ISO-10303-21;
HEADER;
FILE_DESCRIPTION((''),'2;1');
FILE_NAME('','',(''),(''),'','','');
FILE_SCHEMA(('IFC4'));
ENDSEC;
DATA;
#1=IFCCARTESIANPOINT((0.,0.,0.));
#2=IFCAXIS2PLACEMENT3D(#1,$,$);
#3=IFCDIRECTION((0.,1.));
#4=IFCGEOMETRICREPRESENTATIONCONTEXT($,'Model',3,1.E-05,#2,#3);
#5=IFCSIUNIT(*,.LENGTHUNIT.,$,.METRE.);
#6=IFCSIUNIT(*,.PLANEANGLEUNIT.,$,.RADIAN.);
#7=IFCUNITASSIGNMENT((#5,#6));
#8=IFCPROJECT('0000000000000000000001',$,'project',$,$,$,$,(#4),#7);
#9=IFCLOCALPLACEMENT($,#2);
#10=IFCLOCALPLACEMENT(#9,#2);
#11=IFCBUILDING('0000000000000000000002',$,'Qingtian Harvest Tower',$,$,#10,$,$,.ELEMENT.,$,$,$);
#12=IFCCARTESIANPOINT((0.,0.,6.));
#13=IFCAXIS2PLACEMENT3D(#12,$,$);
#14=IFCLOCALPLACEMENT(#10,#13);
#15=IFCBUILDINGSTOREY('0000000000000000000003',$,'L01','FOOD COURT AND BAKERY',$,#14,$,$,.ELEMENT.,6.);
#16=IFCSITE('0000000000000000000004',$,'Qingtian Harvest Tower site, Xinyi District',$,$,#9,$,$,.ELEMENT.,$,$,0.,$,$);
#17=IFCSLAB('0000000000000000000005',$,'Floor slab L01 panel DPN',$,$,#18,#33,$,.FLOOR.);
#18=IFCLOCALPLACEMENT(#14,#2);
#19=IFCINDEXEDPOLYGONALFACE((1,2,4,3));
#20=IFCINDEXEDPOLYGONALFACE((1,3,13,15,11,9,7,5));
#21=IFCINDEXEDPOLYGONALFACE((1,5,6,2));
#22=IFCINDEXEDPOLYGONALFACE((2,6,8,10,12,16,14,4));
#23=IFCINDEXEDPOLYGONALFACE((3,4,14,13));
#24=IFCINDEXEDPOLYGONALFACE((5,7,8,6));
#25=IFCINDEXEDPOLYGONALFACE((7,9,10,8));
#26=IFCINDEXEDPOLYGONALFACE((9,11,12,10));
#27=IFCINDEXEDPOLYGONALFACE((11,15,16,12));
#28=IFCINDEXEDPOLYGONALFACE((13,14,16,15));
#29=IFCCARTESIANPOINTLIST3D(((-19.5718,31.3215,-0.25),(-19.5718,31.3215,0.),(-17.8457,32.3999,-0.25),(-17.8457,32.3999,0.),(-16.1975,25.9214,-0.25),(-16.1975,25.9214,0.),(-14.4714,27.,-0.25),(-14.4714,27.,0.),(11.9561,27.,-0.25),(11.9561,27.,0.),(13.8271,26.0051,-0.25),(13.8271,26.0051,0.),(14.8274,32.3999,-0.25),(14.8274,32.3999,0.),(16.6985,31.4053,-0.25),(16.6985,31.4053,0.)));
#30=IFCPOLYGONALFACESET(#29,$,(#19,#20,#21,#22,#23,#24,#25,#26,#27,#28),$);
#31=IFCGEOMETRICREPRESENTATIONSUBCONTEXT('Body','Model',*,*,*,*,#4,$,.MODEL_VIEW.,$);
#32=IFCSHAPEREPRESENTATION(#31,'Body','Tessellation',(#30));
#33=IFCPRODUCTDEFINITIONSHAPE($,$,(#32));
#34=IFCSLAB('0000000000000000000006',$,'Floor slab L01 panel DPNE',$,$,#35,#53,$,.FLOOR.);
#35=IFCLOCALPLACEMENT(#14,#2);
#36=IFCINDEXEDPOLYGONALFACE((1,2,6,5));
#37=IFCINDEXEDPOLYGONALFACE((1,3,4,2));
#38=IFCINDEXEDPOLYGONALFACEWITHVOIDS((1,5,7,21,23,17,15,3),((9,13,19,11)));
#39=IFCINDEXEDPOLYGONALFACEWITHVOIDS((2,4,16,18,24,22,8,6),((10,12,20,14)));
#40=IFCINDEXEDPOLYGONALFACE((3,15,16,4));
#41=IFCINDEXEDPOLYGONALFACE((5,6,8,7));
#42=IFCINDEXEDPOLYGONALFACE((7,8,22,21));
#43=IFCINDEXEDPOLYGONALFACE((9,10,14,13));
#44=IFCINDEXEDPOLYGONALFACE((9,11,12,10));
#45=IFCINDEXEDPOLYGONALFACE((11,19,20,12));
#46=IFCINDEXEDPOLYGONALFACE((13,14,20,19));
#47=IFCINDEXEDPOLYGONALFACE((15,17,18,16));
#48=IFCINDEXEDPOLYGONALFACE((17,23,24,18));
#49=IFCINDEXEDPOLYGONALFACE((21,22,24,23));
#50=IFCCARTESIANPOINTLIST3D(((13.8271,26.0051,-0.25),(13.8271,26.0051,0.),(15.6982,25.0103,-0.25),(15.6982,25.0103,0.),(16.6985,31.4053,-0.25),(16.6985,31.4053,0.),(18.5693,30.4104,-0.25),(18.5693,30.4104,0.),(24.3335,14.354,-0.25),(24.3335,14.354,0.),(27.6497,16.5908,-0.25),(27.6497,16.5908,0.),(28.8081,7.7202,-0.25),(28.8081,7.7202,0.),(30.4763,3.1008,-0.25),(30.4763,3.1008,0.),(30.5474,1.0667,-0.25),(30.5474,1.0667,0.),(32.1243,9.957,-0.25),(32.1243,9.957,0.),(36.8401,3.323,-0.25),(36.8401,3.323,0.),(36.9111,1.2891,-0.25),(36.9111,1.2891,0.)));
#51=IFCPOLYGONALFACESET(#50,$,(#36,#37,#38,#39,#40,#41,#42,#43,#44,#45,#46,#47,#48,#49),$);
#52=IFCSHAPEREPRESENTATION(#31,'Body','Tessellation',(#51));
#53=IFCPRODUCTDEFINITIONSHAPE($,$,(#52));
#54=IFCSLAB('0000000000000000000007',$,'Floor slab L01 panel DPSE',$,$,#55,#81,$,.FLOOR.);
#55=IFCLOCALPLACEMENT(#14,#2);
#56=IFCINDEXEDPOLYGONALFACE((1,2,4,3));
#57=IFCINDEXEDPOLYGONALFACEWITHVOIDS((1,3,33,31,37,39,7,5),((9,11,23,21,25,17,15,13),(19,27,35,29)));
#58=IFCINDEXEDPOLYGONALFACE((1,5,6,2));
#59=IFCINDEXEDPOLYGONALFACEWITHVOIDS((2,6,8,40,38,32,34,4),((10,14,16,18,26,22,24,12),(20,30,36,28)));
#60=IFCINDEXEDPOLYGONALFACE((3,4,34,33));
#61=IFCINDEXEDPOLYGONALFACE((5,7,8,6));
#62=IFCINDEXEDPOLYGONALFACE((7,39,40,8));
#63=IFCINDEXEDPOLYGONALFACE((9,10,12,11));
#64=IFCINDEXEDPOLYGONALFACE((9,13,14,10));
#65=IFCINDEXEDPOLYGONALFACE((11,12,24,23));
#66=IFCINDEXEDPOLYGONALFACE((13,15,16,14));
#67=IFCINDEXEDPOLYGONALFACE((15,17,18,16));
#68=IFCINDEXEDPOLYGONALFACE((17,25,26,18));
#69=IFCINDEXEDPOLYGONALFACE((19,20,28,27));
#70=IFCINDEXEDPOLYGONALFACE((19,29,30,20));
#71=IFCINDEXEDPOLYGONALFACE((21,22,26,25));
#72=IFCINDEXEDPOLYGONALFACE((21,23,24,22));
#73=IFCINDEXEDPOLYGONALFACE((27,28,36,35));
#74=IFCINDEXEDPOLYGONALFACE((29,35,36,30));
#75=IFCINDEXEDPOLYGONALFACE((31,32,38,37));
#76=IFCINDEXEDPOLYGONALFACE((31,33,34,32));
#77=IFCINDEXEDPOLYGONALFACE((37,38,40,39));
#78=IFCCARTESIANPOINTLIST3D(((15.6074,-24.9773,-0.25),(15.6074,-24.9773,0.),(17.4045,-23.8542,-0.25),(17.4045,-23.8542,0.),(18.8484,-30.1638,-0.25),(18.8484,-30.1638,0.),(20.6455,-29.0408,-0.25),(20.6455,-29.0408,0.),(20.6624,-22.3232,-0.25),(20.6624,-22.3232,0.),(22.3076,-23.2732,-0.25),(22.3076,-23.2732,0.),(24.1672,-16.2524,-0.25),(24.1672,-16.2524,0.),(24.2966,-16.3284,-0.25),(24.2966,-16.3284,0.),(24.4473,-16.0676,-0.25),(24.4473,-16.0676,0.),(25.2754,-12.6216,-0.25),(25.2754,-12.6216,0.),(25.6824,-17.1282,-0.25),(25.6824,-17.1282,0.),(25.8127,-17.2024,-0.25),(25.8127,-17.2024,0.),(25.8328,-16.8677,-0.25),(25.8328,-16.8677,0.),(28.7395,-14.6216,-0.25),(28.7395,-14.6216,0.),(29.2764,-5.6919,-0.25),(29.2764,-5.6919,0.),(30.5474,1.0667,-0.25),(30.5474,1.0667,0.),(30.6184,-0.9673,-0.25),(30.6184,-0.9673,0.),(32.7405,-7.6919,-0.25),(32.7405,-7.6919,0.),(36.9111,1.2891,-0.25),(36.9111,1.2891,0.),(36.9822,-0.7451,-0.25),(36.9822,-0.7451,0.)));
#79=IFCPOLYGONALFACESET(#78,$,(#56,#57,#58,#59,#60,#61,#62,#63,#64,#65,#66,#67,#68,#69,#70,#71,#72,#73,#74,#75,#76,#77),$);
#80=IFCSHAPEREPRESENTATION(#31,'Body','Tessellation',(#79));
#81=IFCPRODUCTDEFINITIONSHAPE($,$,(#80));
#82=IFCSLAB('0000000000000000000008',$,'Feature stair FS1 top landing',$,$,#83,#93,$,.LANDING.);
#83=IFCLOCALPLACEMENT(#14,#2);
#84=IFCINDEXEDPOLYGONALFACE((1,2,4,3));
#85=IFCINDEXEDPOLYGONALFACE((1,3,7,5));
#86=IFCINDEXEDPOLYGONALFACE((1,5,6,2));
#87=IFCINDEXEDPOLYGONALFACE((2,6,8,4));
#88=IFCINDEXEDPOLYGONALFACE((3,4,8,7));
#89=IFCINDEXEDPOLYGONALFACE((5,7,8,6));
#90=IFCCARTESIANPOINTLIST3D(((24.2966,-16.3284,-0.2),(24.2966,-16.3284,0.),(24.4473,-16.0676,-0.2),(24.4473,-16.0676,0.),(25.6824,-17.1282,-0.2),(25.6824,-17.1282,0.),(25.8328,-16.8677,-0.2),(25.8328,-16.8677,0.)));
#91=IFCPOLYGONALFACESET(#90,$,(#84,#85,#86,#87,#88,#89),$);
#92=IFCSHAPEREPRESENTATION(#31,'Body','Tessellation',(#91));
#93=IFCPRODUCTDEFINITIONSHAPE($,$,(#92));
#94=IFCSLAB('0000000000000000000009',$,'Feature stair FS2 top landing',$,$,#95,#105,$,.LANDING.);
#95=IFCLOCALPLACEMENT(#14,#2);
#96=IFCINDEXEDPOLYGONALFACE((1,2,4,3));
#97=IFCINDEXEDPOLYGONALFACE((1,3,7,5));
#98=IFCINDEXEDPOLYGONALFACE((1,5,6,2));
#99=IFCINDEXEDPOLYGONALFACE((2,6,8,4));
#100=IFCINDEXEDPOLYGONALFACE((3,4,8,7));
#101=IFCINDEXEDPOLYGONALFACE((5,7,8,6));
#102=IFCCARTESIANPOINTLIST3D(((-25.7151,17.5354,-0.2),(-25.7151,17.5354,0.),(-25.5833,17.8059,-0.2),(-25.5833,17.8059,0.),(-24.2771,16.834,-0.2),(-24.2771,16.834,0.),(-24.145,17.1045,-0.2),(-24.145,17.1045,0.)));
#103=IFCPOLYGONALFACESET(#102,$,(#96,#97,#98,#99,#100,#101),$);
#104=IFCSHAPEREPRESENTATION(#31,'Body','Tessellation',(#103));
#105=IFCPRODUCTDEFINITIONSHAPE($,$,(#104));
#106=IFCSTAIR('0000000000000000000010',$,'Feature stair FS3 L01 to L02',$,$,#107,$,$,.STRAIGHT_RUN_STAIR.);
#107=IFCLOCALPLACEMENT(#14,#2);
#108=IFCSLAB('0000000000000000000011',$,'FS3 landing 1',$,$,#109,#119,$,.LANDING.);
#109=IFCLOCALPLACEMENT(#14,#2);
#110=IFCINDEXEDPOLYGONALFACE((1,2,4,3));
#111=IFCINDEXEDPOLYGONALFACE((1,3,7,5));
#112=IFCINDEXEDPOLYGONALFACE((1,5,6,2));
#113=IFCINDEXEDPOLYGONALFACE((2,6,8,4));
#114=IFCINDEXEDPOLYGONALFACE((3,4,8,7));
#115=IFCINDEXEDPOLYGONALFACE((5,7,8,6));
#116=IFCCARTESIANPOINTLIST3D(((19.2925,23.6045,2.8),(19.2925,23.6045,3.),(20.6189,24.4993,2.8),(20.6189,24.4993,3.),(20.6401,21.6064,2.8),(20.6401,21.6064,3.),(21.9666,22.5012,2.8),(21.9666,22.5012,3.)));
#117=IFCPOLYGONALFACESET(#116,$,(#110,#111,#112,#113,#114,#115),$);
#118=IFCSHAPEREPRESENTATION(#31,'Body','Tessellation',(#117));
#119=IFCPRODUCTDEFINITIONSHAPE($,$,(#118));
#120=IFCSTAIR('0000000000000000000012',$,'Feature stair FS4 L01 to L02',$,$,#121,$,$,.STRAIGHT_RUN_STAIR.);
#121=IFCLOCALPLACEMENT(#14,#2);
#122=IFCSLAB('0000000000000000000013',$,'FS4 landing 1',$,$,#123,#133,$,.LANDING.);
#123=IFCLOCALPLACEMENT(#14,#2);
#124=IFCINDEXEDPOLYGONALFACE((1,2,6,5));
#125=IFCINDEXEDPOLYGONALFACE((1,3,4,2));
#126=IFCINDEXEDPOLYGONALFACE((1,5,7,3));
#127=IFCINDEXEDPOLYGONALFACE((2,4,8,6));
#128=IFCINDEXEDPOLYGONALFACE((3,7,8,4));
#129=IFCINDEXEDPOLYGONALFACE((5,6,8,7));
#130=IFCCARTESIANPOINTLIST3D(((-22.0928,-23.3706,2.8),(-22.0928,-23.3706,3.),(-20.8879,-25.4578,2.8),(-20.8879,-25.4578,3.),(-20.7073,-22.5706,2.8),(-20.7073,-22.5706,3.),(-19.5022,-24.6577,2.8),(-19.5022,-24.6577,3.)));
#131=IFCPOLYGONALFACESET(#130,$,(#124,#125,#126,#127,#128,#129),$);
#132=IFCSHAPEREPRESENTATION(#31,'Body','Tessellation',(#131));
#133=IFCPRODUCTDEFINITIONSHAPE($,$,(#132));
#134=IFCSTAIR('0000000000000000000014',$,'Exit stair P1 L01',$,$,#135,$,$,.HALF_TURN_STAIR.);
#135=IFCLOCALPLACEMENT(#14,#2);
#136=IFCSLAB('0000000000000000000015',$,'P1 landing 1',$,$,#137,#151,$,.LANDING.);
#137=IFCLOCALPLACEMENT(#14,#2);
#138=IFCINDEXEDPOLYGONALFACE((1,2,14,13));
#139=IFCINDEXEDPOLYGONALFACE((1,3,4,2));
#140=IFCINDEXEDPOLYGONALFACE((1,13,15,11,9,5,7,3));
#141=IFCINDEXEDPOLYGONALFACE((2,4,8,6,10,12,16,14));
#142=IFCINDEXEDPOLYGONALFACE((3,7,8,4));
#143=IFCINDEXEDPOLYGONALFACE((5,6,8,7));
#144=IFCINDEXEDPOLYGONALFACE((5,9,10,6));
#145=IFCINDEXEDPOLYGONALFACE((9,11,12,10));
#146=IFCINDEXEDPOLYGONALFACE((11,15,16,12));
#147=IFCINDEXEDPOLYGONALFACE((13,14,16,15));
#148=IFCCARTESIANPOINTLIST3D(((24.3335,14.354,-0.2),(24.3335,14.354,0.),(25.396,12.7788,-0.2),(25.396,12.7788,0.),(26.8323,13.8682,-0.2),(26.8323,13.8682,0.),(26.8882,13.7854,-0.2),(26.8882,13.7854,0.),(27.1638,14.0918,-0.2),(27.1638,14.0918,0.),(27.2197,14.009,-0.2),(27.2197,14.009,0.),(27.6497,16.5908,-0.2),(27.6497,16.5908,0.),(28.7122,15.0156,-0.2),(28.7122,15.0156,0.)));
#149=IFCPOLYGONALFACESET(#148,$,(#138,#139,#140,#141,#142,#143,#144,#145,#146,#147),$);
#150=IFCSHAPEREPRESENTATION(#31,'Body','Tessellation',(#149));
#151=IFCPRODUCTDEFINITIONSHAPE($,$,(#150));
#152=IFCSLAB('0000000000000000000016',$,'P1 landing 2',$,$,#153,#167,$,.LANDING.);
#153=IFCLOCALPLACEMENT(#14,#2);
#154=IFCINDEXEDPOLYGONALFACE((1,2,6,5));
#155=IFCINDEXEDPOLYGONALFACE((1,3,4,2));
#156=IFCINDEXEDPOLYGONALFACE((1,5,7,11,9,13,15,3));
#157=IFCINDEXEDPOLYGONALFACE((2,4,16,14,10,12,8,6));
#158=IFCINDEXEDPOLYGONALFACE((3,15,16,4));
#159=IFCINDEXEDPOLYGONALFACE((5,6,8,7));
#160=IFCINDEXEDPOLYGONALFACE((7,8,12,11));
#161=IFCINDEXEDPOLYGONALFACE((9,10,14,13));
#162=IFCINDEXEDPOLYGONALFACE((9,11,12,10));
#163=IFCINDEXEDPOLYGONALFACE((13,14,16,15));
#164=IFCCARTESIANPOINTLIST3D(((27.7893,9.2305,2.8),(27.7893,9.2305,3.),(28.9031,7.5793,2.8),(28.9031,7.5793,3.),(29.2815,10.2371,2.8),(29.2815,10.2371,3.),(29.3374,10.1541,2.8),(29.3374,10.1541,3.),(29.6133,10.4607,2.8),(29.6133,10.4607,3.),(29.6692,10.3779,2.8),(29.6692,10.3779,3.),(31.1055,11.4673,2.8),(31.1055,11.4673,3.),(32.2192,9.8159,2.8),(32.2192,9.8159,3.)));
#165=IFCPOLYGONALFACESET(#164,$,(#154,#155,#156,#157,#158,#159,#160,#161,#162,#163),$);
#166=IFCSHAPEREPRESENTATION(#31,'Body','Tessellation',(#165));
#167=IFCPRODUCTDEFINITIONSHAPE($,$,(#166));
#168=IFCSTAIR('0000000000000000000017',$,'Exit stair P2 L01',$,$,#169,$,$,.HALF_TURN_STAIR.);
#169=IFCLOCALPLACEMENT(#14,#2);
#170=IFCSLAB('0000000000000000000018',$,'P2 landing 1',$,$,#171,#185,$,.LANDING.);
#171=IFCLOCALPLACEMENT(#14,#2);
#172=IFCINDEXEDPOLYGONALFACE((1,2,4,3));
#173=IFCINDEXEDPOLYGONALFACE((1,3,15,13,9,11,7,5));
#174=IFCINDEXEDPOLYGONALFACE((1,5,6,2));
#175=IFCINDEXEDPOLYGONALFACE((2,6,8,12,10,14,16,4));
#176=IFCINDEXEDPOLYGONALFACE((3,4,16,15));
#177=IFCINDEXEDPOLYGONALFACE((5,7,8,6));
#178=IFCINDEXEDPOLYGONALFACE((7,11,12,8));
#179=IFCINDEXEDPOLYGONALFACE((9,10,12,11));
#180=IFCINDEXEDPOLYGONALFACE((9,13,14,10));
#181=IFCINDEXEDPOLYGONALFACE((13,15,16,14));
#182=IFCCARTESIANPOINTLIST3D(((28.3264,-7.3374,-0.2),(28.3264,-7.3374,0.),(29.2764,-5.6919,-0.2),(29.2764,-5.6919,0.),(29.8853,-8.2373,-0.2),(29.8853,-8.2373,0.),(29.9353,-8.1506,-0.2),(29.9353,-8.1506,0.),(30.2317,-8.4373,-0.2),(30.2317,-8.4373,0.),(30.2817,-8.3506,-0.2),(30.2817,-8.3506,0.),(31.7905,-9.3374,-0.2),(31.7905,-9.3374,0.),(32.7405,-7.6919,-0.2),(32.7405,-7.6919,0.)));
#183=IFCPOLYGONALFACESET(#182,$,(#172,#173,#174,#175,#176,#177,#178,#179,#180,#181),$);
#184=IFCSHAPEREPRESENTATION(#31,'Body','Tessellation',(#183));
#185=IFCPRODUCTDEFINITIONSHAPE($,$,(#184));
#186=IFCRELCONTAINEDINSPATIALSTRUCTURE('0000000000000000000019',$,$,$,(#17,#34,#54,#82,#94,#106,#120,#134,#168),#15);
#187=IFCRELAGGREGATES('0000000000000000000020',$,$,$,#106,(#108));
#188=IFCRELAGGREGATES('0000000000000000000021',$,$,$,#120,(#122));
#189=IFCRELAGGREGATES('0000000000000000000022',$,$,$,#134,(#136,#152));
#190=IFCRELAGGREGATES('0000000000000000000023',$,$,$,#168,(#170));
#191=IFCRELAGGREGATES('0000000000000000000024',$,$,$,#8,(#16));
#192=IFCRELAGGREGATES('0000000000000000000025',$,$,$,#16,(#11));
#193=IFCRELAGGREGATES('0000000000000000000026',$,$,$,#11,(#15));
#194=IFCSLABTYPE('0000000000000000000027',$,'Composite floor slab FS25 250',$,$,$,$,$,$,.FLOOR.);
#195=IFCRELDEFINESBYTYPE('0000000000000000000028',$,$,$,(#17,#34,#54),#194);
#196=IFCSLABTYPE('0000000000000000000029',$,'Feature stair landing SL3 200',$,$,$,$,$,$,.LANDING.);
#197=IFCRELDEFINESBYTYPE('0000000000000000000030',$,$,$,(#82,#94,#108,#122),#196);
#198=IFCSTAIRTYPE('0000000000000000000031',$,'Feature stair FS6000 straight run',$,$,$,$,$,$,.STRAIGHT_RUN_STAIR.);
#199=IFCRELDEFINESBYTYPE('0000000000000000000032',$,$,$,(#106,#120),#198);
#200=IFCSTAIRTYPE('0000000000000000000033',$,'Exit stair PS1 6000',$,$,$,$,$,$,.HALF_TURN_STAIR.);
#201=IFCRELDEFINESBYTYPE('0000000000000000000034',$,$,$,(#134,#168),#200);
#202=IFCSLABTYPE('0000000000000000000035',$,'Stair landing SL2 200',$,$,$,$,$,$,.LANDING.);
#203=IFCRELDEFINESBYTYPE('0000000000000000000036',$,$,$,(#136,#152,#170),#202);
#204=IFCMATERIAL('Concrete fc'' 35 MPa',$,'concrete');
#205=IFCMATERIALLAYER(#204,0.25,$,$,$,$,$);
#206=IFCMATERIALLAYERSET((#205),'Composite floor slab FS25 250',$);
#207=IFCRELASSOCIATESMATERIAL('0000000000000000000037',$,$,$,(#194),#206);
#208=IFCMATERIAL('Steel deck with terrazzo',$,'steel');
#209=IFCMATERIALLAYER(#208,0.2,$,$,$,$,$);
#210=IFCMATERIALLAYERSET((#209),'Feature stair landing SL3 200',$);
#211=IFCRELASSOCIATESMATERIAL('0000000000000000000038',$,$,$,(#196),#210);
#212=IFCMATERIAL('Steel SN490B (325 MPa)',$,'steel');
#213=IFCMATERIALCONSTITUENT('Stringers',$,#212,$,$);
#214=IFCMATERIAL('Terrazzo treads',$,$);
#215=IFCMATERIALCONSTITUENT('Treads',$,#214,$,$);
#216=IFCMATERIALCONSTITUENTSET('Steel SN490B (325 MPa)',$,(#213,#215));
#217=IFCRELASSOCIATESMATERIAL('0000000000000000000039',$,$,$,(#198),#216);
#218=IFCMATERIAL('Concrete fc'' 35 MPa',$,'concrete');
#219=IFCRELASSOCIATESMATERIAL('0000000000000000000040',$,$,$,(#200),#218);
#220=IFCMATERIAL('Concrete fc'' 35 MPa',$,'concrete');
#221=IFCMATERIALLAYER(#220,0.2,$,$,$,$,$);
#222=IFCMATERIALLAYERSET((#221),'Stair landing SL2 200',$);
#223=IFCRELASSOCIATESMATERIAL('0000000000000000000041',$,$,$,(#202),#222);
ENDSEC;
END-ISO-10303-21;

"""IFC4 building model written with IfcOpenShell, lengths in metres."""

from ifc_helpers import new_model, si_unit, direction, frame, origin, place, context, subcontext, project, spatial, polyline, outline, extrude, material, layer, layer_set, constituent, constituent_set, type_object, element, aggregate, save


model = new_model("IFC4")

# Units and contexts
model_context = context("Model", 3, precision=1e-05, world=origin(), true_north=direction((0.0, 1.0)))
body_context = subcontext(model_context, "Body", "Model", "MODEL_VIEW")
ifc_project = project(units=[si_unit("LENGTHUNIT", "METRE"), si_unit("PLANEANGLEUNIT", "RADIAN")], contexts=[model_context])

# Site, building, storey
site_placement = place(None, origin())
site = spatial("IfcSite", under=ifc_project, at=site_placement, Name="Qingtian Harvest Tower site, Xinyi District", CompositionType="ELEMENT", RefElevation=0.0)
building_placement = place(site_placement, origin())
building = spatial("IfcBuilding", under=site, at=building_placement, Name="Qingtian Harvest Tower", CompositionType="ELEMENT")
storey_placement = place(building_placement, frame((0.0, 0.0, 6.0)))
storey = spatial("IfcBuildingStorey", under=building, at=storey_placement, Name="L01", Description="FOOD COURT AND BAKERY", CompositionType="ELEMENT", Elevation=6.0)

# Slabs
ifc_material_1 = material(Name="Concrete fc' 35 MPa", Category="concrete")
ifc_layer_1 = layer(ifc_material_1, 0.25)
ifc_layer_set_1 = layer_set([ifc_layer_1], Name="Composite floor slab FS25 250")
slab_type_1 = type_object("IfcSlabType", Name="Composite floor slab FS25 250", PredefinedType="FLOOR", material=ifc_layer_set_1)
slab_1_placement = place(storey_placement, frame((0.0, 0.0, -0.25)))
element("IfcSlab", 1, at=slab_1_placement, inside=storey, type_object=slab_type_1, Name="Floor slab L01 panel DPN", PredefinedType="FLOOR", context=body_context, shape_type="SweptSolid", body=[
    extrude(outline(polyline([(14.8274, 32.3999), (16.6985, 31.4053), (13.8271, 26.0051), (11.9561, 27.0), (-14.4714, 27.0), (-16.1975, 25.9214), (-19.5718, 31.3215), (-17.8457, 32.3999), (14.8274, 32.3999)])), origin(), (0.0, 0.0, 1.0), 0.25),
])
slab_2_placement = place(storey_placement, frame((0.0, 0.0, -0.25)))
element("IfcSlab", 2, at=slab_2_placement, inside=storey, type_object=slab_type_1, Name="Floor slab L01 panel DPNE", PredefinedType="FLOOR", context=body_context, shape_type="SweptSolid", body=[
    extrude(outline(polyline([(30.5474, 1.0667), (30.4763, 3.1008), (15.6982, 25.0103), (13.8271, 26.0051), (16.6985, 31.4053), (18.5693, 30.4104), (36.8401, 3.323), (36.9111, 1.2891), (30.5474, 1.0667)]), holes=[polyline([(32.1243, 9.957), (27.6497, 16.5908), (24.3335, 14.354), (28.8081, 7.7202), (32.1243, 9.957)])]), origin(), (0.0, 0.0, 1.0), 0.25),
])
slab_3_placement = place(storey_placement, frame((0.0, 0.0, -0.25)))
element("IfcSlab", 3, at=slab_3_placement, inside=storey, type_object=slab_type_1, Name="Floor slab L01 panel DPSE", PredefinedType="FLOOR", context=body_context, shape_type="SweptSolid", body=[
    extrude(outline(polyline([(18.8484, -30.1638), (15.6074, -24.9773), (17.4045, -23.8542), (30.6184, -0.9673), (30.5474, 1.0667), (36.9111, 1.2891), (36.9822, -0.7451), (20.6455, -29.0408), (18.8484, -30.1638)]), holes=[polyline([(28.7395, -14.6216), (32.7405, -7.6919), (29.2764, -5.6919), (25.2754, -12.6216), (28.7395, -14.6216)]), polyline([(25.8328, -16.8677), (24.4473, -16.0676), (24.2966, -16.3284), (24.1672, -16.2524), (20.6624, -22.3232), (22.3076, -23.2732), (25.8127, -17.2024), (25.6824, -17.1282), (25.8328, -16.8677)])]), origin(), (0.0, 0.0, 1.0), 0.25),
])
ifc_material_2 = material(Name="Steel deck with terrazzo", Category="steel")
ifc_layer_2 = layer(ifc_material_2, 0.2)
ifc_layer_set_2 = layer_set([ifc_layer_2], Name="Feature stair landing SL3 200")
slab_type_2 = type_object("IfcSlabType", Name="Feature stair landing SL3 200", PredefinedType="LANDING", material=ifc_layer_set_2)
slab_4_placement = place(storey_placement, frame((0.0, 0.0, -0.2)))
element("IfcSlab", 4, at=slab_4_placement, inside=storey, type_object=slab_type_2, Name="Feature stair FS1 top landing", PredefinedType="LANDING", context=body_context, shape_type="SweptSolid", body=[
    extrude(outline(polyline([(25.6824, -17.1282), (25.8328, -16.8677), (24.4473, -16.0676), (24.2966, -16.3284), (25.6824, -17.1282)])), origin(), (0.0, 0.0, 1.0), 0.2),
])
slab_5_placement = place(storey_placement, frame((0.0, 0.0, -0.2)))
element("IfcSlab", 5, at=slab_5_placement, inside=storey, type_object=slab_type_2, Name="Feature stair FS2 top landing", PredefinedType="LANDING", context=body_context, shape_type="SweptSolid", body=[
    extrude(outline(polyline([(-25.5833, 17.8059), (-25.7151, 17.5354), (-24.2771, 16.834), (-24.145, 17.1045), (-25.5833, 17.8059)])), origin(), (0.0, 0.0, 1.0), 0.2),
])

# Stairs, slabs
ifc_material_3 = material(Name="Steel SN490B (325 MPa)", Category="steel")
ifc_constituent_1 = constituent(ifc_material_3, Name="Stringers")
ifc_material_4 = material(Name="Terrazzo treads")
ifc_constituent_2 = constituent(ifc_material_4, Name="Treads")
ifc_constituent_set = constituent_set(constituents=[ifc_constituent_1, ifc_constituent_2], Name="Steel SN490B (325 MPa)")
stair_type_1 = type_object("IfcStairType", Name="Feature stair FS6000 straight run", PredefinedType="STRAIGHT_RUN_STAIR", material=ifc_constituent_set)
stair_1_placement = place(storey_placement, origin())
stair_1 = element("IfcStair", 6, at=stair_1_placement, inside=storey, type_object=stair_type_1, Name="Feature stair FS3 L01 to L02", PredefinedType="STRAIGHT_RUN_STAIR")
slab_6_placement = place(storey_placement, frame((0.0, 0.0, 2.8)))
slab_6 = element("IfcSlab", 7, at=slab_6_placement, type_object=slab_type_2, Name="FS3 landing 1", PredefinedType="LANDING", context=body_context, shape_type="SweptSolid", body=[
    extrude(outline(polyline([(20.6401, 21.6064), (19.2925, 23.6045), (20.6189, 24.4993), (21.9666, 22.5012), (20.6401, 21.6064)])), origin(), (0.0, 0.0, 1.0), 0.2),
])
aggregate(stair_1, [slab_6])
stair_2_placement = place(storey_placement, origin())
stair_2 = element("IfcStair", 8, at=stair_2_placement, inside=storey, type_object=stair_type_1, Name="Feature stair FS4 L01 to L02", PredefinedType="STRAIGHT_RUN_STAIR")
slab_7_placement = place(storey_placement, frame((0.0, 0.0, 2.8)))
slab_7 = element("IfcSlab", 9, at=slab_7_placement, type_object=slab_type_2, Name="FS4 landing 1", PredefinedType="LANDING", context=body_context, shape_type="SweptSolid", body=[
    extrude(outline(polyline([(-20.7073, -22.5706), (-19.5022, -24.6577), (-20.8879, -25.4578), (-22.0928, -23.3706), (-20.7073, -22.5706)])), origin(), (0.0, 0.0, 1.0), 0.2),
])
aggregate(stair_2, [slab_7])

# Stairs, slabs
ifc_material_5 = material(Name="Concrete fc' 35 MPa", Category="concrete")
stair_type_2 = type_object("IfcStairType", Name="Exit stair PS1 6000", PredefinedType="HALF_TURN_STAIR", material=ifc_material_5)
stair_3_placement = place(storey_placement, origin())
stair_3 = element("IfcStair", 10, at=stair_3_placement, inside=storey, type_object=stair_type_2, Name="Exit stair P1 L01", PredefinedType="HALF_TURN_STAIR")
ifc_material_6 = material(Name="Concrete fc' 35 MPa", Category="concrete")
ifc_layer_3 = layer(ifc_material_6, 0.2)
ifc_layer_set_3 = layer_set([ifc_layer_3], Name="Stair landing SL2 200")
slab_type_3 = type_object("IfcSlabType", Name="Stair landing SL2 200", PredefinedType="LANDING", material=ifc_layer_set_3)
slab_8_placement = place(storey_placement, frame((0.0, 0.0, -0.2)))
slab_8 = element("IfcSlab", 11, at=slab_8_placement, type_object=slab_type_3, Name="P1 landing 1", PredefinedType="LANDING", context=body_context, shape_type="SweptSolid", body=[
    extrude(outline(polyline([(28.7122, 15.0156), (27.2197, 14.009), (27.1638, 14.0918), (26.8323, 13.8682), (26.8882, 13.7854), (25.396, 12.7788), (24.3335, 14.354), (27.6497, 16.5908), (28.7122, 15.0156)])), origin(), (0.0, 0.0, 1.0), 0.2),
])
slab_9_placement = place(storey_placement, frame((0.0, 0.0, 2.8)))
slab_9 = element("IfcSlab", 12, at=slab_9_placement, type_object=slab_type_3, Name="P1 landing 2", PredefinedType="LANDING", context=body_context, shape_type="SweptSolid", body=[
    extrude(outline(polyline([(28.9031, 7.5793), (27.7893, 9.2305), (29.2815, 10.2371), (29.3374, 10.1541), (29.6692, 10.3779), (29.6133, 10.4607), (31.1055, 11.4673), (32.2192, 9.8159), (28.9031, 7.5793)])), origin(), (0.0, 0.0, 1.0), 0.2),
])
aggregate(stair_3, [slab_8, slab_9])
stair_4_placement = place(storey_placement, origin())
stair_4 = element("IfcStair", 13, at=stair_4_placement, inside=storey, type_object=stair_type_2, Name="Exit stair P2 L01", PredefinedType="HALF_TURN_STAIR")
slab_10_placement = place(storey_placement, frame((0.0, 0.0, -0.2)))
slab_10 = element("IfcSlab", 14, at=slab_10_placement, type_object=slab_type_3, Name="P2 landing 1", PredefinedType="LANDING", context=body_context, shape_type="SweptSolid", body=[
    extrude(outline(polyline([(31.7905, -9.3374), (30.2317, -8.4373), (30.2817, -8.3506), (29.9353, -8.1506), (29.8853, -8.2373), (28.3264, -7.3374), (29.2764, -5.6919), (32.7405, -7.6919), (31.7905, -9.3374)])), origin(), (0.0, 0.0, 1.0), 0.2),
])
aggregate(stair_4, [slab_10])

save(model, "model.ifc")
